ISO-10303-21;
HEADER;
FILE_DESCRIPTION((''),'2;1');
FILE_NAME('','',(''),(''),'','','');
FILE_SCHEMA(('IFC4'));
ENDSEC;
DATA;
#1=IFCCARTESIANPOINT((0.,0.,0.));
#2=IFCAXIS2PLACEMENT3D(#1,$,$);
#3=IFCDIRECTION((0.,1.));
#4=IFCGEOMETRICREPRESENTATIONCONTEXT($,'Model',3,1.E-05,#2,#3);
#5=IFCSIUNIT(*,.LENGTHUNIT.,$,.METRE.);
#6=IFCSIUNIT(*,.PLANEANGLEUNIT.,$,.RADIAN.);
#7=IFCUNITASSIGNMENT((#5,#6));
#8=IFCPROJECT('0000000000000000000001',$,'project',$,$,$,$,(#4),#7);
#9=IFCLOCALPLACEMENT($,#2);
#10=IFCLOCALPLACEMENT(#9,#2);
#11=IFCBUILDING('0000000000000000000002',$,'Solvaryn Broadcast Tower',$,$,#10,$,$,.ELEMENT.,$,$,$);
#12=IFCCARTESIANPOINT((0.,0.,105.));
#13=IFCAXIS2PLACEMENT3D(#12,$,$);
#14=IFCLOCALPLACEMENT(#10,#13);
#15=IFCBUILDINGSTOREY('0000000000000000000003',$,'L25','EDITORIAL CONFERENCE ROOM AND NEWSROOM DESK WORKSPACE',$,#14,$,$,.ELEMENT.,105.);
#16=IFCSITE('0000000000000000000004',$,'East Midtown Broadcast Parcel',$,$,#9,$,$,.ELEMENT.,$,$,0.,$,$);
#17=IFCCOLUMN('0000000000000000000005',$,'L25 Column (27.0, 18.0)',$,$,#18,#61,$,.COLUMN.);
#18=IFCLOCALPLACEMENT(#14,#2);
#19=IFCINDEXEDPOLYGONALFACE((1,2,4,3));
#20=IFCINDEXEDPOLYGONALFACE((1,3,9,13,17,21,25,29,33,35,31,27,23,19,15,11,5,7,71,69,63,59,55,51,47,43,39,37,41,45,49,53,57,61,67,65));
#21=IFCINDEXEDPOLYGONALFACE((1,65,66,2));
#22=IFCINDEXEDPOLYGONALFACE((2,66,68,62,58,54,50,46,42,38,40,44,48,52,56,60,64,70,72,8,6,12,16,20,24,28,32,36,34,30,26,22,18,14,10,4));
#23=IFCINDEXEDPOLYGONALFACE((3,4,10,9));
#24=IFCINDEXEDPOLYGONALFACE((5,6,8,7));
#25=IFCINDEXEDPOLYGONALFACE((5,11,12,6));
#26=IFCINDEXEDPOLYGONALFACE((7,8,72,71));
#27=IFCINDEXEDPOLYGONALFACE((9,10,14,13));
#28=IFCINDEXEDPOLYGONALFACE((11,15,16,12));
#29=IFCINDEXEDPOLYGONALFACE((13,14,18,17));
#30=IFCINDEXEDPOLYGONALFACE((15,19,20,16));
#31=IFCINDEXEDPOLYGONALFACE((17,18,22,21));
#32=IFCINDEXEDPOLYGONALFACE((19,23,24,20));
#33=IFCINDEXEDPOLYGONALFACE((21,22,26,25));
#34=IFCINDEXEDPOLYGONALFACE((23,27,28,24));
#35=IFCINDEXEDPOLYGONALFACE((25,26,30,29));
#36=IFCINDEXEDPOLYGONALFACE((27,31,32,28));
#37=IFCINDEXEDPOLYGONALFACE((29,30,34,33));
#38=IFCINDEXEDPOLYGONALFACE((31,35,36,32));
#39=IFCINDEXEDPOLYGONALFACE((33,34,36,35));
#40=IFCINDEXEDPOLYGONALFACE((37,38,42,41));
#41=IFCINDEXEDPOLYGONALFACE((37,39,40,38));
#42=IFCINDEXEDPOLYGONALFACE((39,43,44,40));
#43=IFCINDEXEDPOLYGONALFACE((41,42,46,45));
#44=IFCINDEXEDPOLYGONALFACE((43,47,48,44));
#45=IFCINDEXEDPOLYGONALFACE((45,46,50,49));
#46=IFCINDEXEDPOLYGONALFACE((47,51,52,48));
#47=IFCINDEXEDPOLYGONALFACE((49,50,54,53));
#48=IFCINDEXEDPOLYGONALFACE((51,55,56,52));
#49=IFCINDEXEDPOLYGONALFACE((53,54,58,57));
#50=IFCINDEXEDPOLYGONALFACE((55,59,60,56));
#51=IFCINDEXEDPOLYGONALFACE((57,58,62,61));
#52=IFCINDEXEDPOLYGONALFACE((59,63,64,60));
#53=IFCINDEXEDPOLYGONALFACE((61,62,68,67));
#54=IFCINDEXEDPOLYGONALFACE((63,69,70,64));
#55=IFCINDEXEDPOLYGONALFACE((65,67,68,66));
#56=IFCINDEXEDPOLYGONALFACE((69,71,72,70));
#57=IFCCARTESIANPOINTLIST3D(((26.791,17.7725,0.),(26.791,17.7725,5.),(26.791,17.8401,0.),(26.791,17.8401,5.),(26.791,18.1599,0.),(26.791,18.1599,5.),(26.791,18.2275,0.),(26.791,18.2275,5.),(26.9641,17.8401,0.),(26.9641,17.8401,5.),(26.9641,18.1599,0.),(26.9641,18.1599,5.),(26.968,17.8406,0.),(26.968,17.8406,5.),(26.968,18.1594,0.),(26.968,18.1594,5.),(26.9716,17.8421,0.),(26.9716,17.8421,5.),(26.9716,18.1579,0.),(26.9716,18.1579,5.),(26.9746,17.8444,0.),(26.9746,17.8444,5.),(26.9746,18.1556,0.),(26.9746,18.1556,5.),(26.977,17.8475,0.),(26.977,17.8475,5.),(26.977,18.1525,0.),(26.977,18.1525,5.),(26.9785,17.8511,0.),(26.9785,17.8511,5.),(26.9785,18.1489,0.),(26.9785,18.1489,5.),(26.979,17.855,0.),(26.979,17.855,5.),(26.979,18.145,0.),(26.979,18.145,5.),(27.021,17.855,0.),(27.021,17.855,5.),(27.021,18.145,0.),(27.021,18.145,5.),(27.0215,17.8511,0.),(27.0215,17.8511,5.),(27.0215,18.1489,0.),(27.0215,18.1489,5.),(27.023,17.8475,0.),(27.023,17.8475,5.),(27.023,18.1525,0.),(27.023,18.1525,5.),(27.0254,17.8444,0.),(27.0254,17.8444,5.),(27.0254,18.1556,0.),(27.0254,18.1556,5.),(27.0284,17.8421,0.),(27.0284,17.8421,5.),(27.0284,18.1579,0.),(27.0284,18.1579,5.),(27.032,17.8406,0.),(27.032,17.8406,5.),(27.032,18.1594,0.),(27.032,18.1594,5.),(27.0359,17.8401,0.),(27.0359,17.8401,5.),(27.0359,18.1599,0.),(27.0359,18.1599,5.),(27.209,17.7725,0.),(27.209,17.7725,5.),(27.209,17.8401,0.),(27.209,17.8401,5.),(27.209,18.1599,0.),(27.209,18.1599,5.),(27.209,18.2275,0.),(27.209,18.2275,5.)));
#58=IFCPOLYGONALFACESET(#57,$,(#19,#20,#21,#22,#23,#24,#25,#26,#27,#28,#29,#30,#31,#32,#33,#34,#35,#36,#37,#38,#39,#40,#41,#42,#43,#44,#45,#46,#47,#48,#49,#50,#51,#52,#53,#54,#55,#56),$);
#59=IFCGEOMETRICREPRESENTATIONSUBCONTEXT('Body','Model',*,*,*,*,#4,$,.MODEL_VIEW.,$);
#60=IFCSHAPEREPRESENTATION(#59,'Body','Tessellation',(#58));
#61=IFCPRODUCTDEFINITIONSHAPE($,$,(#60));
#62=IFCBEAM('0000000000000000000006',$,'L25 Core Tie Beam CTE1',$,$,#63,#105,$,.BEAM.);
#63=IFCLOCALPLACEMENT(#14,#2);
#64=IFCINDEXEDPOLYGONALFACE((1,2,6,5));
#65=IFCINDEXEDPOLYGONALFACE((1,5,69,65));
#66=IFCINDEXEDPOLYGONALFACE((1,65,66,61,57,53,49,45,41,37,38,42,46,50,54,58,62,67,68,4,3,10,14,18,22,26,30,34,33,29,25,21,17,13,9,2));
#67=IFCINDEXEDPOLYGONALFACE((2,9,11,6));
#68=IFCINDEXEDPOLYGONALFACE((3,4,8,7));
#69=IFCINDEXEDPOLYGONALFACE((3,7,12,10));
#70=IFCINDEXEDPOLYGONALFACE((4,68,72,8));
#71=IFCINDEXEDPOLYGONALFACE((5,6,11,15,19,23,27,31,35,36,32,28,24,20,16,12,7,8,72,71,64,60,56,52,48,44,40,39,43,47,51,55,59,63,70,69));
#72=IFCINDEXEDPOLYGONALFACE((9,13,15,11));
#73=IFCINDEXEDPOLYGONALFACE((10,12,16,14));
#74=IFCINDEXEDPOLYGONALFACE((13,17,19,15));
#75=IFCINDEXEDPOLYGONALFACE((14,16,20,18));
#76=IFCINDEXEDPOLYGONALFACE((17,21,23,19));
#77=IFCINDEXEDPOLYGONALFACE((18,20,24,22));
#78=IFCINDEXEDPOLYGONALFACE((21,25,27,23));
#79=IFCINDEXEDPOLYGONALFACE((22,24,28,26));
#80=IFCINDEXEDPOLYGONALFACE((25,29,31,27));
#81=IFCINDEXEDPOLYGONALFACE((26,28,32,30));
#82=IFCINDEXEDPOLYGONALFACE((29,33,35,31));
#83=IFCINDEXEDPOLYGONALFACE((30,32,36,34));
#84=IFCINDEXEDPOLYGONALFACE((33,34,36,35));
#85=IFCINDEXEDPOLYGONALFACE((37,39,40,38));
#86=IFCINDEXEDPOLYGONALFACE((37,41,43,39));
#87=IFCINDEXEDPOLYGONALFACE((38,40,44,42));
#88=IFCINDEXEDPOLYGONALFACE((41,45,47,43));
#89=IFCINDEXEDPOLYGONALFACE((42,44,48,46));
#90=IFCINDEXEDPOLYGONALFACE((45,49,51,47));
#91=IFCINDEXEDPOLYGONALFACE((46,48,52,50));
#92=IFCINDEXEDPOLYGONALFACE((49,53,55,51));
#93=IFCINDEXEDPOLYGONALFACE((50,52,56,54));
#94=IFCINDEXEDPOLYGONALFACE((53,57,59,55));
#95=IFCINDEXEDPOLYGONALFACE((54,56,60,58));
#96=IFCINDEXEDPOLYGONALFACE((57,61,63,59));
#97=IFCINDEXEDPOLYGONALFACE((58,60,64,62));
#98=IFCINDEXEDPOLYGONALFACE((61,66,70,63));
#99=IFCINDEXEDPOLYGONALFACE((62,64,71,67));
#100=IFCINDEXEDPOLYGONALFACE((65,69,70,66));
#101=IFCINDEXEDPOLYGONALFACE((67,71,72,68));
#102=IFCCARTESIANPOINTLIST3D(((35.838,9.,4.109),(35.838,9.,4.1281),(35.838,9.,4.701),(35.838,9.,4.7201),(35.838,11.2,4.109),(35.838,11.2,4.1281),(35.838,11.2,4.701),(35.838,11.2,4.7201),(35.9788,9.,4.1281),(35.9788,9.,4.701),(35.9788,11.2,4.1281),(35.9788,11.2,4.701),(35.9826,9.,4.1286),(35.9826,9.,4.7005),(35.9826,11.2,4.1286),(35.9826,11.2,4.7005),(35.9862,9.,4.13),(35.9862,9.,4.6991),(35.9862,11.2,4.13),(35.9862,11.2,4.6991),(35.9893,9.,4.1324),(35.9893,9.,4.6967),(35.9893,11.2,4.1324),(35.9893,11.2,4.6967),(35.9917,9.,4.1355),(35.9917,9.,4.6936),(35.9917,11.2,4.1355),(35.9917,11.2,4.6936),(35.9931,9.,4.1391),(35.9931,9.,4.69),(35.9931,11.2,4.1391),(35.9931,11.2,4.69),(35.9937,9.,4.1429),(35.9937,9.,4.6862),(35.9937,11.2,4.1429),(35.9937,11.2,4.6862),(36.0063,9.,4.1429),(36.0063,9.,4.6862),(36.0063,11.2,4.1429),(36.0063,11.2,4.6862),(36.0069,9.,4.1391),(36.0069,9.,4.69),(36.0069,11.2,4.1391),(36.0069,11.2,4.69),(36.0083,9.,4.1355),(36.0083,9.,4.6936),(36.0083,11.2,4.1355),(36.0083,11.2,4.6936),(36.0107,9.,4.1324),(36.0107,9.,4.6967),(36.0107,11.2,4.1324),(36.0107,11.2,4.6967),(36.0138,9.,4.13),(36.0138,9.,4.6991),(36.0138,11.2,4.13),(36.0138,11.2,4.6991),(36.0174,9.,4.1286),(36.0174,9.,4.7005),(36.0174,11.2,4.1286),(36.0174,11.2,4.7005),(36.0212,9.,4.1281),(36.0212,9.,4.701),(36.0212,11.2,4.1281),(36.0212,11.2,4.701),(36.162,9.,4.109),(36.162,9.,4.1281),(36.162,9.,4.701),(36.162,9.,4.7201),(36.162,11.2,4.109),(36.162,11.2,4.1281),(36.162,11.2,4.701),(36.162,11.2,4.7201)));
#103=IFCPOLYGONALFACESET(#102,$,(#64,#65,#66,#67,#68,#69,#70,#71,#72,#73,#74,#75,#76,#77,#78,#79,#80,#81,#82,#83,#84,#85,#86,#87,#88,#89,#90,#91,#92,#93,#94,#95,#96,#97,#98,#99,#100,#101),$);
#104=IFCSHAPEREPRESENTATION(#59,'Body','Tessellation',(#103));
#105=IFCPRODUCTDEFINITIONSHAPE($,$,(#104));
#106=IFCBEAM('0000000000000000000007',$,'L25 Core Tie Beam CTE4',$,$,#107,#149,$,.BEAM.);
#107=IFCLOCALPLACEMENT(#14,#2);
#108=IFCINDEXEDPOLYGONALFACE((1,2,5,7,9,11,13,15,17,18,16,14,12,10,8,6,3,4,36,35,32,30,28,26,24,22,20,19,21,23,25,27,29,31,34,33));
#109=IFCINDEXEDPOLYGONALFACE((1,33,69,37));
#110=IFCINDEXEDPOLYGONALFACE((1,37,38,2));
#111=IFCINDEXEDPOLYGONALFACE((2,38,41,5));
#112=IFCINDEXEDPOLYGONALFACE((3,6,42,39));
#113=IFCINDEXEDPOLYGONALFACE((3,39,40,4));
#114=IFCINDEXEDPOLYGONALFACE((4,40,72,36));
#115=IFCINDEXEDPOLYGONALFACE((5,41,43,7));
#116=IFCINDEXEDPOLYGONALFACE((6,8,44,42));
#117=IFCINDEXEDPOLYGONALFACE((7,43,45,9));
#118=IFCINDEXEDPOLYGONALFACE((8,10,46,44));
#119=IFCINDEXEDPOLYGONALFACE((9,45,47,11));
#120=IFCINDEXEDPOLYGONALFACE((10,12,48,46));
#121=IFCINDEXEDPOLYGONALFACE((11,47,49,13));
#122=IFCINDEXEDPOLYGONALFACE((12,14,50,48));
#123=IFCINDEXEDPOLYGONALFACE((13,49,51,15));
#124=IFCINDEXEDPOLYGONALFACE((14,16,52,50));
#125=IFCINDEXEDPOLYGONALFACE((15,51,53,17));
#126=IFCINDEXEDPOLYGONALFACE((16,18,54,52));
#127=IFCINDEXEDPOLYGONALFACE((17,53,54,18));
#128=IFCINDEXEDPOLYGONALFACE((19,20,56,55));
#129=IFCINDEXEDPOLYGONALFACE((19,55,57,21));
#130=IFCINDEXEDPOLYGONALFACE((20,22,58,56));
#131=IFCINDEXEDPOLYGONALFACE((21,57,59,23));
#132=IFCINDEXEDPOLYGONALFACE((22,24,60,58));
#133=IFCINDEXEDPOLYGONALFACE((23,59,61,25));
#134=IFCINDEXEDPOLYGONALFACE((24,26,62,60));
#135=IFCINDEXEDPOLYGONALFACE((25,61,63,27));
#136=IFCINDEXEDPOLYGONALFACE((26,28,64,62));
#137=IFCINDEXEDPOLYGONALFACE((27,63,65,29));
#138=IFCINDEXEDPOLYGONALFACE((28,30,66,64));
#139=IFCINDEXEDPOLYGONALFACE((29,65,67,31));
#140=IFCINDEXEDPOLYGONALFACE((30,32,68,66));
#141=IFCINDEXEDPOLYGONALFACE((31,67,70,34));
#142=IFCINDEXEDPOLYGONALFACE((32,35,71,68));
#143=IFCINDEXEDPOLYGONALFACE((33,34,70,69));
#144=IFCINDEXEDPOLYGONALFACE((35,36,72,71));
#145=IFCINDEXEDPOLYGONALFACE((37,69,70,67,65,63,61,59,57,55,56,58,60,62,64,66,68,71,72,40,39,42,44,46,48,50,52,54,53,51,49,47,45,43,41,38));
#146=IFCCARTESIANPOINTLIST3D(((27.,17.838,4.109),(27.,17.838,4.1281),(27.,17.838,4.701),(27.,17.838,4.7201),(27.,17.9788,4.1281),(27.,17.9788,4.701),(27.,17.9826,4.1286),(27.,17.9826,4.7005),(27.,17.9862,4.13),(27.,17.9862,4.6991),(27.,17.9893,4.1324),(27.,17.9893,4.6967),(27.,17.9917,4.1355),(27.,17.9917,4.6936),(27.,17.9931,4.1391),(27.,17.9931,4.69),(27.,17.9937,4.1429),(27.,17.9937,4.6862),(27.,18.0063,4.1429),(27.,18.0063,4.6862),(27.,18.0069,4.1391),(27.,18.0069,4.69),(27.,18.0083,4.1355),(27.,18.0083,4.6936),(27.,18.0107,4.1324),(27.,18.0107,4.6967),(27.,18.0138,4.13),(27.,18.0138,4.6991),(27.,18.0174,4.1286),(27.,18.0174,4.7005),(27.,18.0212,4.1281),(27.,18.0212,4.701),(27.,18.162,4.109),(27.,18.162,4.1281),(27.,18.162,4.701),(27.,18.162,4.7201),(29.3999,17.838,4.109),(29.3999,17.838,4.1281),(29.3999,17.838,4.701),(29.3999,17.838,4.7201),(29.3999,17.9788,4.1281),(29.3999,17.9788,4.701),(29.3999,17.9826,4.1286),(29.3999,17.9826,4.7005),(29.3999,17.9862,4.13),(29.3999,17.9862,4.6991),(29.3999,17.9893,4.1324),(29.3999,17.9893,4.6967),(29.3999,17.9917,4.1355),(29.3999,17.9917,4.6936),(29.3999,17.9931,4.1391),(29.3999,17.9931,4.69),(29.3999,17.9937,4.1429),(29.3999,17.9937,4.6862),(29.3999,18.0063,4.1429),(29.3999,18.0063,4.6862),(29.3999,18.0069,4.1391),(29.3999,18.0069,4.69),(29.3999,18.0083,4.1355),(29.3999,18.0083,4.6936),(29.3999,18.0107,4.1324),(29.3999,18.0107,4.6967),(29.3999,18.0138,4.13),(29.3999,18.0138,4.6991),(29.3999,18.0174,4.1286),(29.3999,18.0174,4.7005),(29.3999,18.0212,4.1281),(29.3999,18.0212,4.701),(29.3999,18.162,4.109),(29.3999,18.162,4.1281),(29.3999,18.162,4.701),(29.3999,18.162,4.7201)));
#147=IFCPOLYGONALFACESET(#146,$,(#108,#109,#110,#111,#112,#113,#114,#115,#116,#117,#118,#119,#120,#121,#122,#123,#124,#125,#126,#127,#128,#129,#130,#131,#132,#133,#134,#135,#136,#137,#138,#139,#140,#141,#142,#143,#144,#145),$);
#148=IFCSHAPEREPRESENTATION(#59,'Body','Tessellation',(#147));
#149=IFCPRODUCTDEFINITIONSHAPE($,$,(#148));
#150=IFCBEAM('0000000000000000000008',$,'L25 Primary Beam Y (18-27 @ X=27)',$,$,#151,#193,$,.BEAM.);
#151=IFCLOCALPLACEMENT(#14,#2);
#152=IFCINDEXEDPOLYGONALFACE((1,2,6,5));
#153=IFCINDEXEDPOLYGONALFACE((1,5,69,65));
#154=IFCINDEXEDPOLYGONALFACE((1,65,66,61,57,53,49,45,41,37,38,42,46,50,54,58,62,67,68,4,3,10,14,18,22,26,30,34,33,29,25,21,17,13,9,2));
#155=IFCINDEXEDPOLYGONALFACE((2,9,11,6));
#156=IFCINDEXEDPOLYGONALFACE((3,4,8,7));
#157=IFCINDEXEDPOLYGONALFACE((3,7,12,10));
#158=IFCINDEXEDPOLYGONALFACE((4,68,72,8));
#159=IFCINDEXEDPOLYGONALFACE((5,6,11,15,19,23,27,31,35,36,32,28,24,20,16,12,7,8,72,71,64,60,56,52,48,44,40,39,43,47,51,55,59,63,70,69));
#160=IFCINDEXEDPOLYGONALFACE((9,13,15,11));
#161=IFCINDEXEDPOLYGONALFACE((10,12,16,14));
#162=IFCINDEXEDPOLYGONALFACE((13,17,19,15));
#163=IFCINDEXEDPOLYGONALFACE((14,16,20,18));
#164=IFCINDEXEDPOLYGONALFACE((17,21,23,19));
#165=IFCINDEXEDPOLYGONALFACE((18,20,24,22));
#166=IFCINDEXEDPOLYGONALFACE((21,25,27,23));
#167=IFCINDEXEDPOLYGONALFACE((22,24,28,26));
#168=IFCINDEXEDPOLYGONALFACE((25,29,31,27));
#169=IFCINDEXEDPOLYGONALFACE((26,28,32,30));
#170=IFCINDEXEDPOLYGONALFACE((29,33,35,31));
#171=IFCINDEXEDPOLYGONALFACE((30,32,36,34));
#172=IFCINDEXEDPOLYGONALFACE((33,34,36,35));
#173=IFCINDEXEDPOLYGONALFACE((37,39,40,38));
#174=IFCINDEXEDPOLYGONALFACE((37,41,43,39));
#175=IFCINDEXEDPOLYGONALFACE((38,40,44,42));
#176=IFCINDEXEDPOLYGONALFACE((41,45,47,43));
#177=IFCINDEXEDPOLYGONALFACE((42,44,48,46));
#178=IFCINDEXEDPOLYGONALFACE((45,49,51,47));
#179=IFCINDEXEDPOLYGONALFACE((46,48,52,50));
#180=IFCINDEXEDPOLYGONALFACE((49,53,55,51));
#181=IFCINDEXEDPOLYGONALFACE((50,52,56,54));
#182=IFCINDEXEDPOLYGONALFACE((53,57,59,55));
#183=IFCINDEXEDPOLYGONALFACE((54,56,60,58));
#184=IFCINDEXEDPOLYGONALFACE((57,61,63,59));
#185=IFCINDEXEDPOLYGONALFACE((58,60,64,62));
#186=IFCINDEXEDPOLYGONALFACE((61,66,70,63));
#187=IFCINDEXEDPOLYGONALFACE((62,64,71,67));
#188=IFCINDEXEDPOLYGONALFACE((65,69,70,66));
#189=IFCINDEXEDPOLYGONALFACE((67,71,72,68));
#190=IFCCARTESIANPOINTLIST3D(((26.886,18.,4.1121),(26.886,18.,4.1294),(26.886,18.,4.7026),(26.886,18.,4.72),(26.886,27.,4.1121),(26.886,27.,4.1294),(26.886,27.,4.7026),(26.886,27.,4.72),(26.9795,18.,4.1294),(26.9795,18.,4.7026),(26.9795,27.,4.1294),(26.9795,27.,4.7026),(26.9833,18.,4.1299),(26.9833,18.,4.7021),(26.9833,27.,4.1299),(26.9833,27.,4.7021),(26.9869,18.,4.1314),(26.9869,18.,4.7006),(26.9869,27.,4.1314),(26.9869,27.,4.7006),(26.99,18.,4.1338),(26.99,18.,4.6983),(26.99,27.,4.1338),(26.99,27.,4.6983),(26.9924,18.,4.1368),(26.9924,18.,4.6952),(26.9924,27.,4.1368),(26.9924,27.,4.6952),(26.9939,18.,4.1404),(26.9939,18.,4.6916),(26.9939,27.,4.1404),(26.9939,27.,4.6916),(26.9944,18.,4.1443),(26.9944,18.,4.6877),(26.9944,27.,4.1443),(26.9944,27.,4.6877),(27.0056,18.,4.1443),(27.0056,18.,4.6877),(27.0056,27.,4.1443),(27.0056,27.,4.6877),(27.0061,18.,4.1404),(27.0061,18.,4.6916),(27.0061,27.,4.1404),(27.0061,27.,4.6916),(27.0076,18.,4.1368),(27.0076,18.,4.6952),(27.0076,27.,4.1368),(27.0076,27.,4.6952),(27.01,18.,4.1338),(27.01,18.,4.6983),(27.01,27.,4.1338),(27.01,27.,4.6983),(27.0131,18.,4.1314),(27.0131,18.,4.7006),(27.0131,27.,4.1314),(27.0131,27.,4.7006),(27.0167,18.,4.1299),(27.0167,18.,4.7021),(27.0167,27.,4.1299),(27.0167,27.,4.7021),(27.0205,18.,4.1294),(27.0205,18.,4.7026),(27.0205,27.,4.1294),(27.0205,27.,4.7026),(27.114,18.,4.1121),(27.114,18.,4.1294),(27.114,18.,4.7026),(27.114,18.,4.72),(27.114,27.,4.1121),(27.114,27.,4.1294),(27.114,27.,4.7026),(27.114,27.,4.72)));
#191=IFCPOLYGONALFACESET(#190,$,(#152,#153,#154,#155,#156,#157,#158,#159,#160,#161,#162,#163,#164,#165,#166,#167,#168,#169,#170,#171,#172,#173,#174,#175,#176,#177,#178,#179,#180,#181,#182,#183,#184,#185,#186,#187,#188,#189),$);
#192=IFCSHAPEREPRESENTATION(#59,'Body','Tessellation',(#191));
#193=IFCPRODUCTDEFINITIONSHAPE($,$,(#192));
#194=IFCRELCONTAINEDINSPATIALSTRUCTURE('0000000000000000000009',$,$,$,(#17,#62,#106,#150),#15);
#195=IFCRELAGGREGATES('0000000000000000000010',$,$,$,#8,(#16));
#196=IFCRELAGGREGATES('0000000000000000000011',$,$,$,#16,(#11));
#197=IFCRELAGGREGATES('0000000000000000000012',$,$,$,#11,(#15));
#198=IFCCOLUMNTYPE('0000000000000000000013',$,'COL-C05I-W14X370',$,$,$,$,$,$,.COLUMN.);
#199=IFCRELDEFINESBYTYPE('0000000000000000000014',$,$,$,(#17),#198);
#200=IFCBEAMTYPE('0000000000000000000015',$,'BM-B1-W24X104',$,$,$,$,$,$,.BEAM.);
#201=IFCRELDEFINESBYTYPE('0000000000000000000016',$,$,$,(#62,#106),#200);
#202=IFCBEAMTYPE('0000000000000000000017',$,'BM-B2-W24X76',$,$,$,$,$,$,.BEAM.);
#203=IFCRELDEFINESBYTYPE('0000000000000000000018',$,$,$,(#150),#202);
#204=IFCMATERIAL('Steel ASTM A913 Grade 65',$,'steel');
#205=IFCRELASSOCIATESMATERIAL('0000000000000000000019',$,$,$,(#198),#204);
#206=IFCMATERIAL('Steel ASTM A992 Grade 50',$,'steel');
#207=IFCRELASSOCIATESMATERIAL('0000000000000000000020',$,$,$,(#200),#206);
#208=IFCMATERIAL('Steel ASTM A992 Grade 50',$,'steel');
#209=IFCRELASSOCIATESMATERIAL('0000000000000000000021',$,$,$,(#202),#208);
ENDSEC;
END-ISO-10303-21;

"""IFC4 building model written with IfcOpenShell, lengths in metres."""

from ifc_helpers import new_model, si_unit, direction, frame, origin, origin_2d, place, context, subcontext, project, spatial, i_section, extrude, material, material_profile, profile_set, type_object, element, save


model = new_model("IFC4")

# Units and contexts
model_context = context("Model", 3, precision=1e-05, world=origin(), true_north=direction((0.0, 1.0)))
body_context = subcontext(model_context, "Body", "Model", "MODEL_VIEW")
ifc_project = project(units=[si_unit("LENGTHUNIT", "METRE"), si_unit("PLANEANGLEUNIT", "RADIAN")], contexts=[model_context])

# Site, building, storey
site_placement = place(None, origin())
site = spatial("IfcSite", under=ifc_project, at=site_placement, Name="East Midtown Broadcast Parcel", CompositionType="ELEMENT", RefElevation=0.0)
building_placement = place(site_placement, origin())
building = spatial("IfcBuilding", under=site, at=building_placement, Name="Solvaryn Broadcast Tower", CompositionType="ELEMENT")
storey_placement = place(building_placement, frame((0.0, 0.0, 105.0)))
storey = spatial("IfcBuildingStorey", under=building, at=storey_placement, Name="L25", Description="EDITORIAL CONFERENCE ROOM AND NEWSROOM DESK WORKSPACE", CompositionType="ELEMENT", Elevation=105.0)

# Column
ifc_material_1 = material(Name="Steel ASTM A913 Grade 65", Category="steel")
ifc_material_profile_1 = material_profile(ifc_material_1, i_section(OverallWidth=0.418, OverallDepth=0.4551, WebThickness=0.042, FlangeThickness=0.0676, FilletRadius=0.0149, at=origin_2d()))
ifc_profile_set_1 = profile_set([ifc_material_profile_1], Name="Steel ASTM A913 Grade 65")
column_type = type_object("IfcColumnType", Name="COL-C05I-W14X370", PredefinedType="COLUMN", material=ifc_profile_set_1)
column_placement = place(storey_placement, frame((27.0, 18.0, 0.0), z_axis=(0.0, 0.0, 1.0), x_axis=(1.0, 0.0, 0.0)))
element("IfcColumn", 1, at=column_placement, inside=storey, type_object=column_type, Name="L25 Column (27.0, 18.0)", PredefinedType="COLUMN", context=body_context, shape_type="SweptSolid", body=[
    extrude(i_section(OverallWidth=0.418, OverallDepth=0.4551, WebThickness=0.042, FlangeThickness=0.0676, FilletRadius=0.0149, at=origin_2d()), origin(), (0.0, 0.0, 1.0), 5.0),
])

# Beams
ifc_material_2 = material(Name="Steel ASTM A992 Grade 50", Category="steel")
ifc_material_profile_2 = material_profile(ifc_material_2, i_section(OverallWidth=0.324, OverallDepth=0.6111, WebThickness=0.0127, FlangeThickness=0.019, FilletRadius=0.0149, at=origin_2d()))
ifc_profile_set_2 = profile_set([ifc_material_profile_2], Name="Steel ASTM A992 Grade 50")
beam_type_1 = type_object("IfcBeamType", Name="BM-B1-W24X104", PredefinedType="BEAM", material=ifc_profile_set_2)
beam_1_placement = place(storey_placement, frame((36.0, 9.0, 4.4146), z_axis=(0.0, 1.0, 0.0), x_axis=(-1.0, 0.0, 0.0)))
element("IfcBeam", 2, at=beam_1_placement, inside=storey, type_object=beam_type_1, Name="L25 Core Tie Beam CTE1", PredefinedType="BEAM", context=body_context, shape_type="SweptSolid", body=[
    extrude(i_section(OverallWidth=0.324, OverallDepth=0.6111, WebThickness=0.0127, FlangeThickness=0.019, FilletRadius=0.0149, at=origin_2d()), origin(), (0.0, 0.0, 1.0), 2.2),
])
beam_2_placement = place(storey_placement, frame((27.0, 18.0, 4.4146), z_axis=(1.0, 0.0, 0.0), x_axis=(0.0, 1.0, 0.0)))
element("IfcBeam", 3, at=beam_2_placement, inside=storey, type_object=beam_type_1, Name="L25 Core Tie Beam CTE4", PredefinedType="BEAM", context=body_context, shape_type="SweptSolid", body=[
    extrude(i_section(OverallWidth=0.324, OverallDepth=0.6111, WebThickness=0.0127, FlangeThickness=0.019, FilletRadius=0.0149, at=origin_2d()), origin(), (0.0, 0.0, 1.0), 2.3999),
])
ifc_material_3 = material(Name="Steel ASTM A992 Grade 50", Category="steel")
ifc_material_profile_3 = material_profile(ifc_material_3, i_section(OverallWidth=0.228, OverallDepth=0.6079, WebThickness=0.0112, FlangeThickness=0.0173, FilletRadius=0.0149, at=origin_2d()))
ifc_profile_set_3 = profile_set([ifc_material_profile_3], Name="Steel ASTM A992 Grade 50")
beam_type_2 = type_object("IfcBeamType", Name="BM-B2-W24X76", PredefinedType="BEAM", material=ifc_profile_set_3)
beam_3_placement = place(storey_placement, frame((27.0, 18.0, 4.416), z_axis=(0.0, 1.0, 0.0), x_axis=(-1.0, 0.0, 0.0)))
element("IfcBeam", 4, at=beam_3_placement, inside=storey, type_object=beam_type_2, Name="L25 Primary Beam Y (18-27 @ X=27)", PredefinedType="BEAM", context=body_context, shape_type="SweptSolid", body=[
    extrude(i_section(OverallWidth=0.228, OverallDepth=0.6079, WebThickness=0.0112, FlangeThickness=0.0173, FilletRadius=0.0149, at=origin_2d()), origin(), (0.0, 0.0, 1.0), 9.0),
])

save(model, "model.ifc")
